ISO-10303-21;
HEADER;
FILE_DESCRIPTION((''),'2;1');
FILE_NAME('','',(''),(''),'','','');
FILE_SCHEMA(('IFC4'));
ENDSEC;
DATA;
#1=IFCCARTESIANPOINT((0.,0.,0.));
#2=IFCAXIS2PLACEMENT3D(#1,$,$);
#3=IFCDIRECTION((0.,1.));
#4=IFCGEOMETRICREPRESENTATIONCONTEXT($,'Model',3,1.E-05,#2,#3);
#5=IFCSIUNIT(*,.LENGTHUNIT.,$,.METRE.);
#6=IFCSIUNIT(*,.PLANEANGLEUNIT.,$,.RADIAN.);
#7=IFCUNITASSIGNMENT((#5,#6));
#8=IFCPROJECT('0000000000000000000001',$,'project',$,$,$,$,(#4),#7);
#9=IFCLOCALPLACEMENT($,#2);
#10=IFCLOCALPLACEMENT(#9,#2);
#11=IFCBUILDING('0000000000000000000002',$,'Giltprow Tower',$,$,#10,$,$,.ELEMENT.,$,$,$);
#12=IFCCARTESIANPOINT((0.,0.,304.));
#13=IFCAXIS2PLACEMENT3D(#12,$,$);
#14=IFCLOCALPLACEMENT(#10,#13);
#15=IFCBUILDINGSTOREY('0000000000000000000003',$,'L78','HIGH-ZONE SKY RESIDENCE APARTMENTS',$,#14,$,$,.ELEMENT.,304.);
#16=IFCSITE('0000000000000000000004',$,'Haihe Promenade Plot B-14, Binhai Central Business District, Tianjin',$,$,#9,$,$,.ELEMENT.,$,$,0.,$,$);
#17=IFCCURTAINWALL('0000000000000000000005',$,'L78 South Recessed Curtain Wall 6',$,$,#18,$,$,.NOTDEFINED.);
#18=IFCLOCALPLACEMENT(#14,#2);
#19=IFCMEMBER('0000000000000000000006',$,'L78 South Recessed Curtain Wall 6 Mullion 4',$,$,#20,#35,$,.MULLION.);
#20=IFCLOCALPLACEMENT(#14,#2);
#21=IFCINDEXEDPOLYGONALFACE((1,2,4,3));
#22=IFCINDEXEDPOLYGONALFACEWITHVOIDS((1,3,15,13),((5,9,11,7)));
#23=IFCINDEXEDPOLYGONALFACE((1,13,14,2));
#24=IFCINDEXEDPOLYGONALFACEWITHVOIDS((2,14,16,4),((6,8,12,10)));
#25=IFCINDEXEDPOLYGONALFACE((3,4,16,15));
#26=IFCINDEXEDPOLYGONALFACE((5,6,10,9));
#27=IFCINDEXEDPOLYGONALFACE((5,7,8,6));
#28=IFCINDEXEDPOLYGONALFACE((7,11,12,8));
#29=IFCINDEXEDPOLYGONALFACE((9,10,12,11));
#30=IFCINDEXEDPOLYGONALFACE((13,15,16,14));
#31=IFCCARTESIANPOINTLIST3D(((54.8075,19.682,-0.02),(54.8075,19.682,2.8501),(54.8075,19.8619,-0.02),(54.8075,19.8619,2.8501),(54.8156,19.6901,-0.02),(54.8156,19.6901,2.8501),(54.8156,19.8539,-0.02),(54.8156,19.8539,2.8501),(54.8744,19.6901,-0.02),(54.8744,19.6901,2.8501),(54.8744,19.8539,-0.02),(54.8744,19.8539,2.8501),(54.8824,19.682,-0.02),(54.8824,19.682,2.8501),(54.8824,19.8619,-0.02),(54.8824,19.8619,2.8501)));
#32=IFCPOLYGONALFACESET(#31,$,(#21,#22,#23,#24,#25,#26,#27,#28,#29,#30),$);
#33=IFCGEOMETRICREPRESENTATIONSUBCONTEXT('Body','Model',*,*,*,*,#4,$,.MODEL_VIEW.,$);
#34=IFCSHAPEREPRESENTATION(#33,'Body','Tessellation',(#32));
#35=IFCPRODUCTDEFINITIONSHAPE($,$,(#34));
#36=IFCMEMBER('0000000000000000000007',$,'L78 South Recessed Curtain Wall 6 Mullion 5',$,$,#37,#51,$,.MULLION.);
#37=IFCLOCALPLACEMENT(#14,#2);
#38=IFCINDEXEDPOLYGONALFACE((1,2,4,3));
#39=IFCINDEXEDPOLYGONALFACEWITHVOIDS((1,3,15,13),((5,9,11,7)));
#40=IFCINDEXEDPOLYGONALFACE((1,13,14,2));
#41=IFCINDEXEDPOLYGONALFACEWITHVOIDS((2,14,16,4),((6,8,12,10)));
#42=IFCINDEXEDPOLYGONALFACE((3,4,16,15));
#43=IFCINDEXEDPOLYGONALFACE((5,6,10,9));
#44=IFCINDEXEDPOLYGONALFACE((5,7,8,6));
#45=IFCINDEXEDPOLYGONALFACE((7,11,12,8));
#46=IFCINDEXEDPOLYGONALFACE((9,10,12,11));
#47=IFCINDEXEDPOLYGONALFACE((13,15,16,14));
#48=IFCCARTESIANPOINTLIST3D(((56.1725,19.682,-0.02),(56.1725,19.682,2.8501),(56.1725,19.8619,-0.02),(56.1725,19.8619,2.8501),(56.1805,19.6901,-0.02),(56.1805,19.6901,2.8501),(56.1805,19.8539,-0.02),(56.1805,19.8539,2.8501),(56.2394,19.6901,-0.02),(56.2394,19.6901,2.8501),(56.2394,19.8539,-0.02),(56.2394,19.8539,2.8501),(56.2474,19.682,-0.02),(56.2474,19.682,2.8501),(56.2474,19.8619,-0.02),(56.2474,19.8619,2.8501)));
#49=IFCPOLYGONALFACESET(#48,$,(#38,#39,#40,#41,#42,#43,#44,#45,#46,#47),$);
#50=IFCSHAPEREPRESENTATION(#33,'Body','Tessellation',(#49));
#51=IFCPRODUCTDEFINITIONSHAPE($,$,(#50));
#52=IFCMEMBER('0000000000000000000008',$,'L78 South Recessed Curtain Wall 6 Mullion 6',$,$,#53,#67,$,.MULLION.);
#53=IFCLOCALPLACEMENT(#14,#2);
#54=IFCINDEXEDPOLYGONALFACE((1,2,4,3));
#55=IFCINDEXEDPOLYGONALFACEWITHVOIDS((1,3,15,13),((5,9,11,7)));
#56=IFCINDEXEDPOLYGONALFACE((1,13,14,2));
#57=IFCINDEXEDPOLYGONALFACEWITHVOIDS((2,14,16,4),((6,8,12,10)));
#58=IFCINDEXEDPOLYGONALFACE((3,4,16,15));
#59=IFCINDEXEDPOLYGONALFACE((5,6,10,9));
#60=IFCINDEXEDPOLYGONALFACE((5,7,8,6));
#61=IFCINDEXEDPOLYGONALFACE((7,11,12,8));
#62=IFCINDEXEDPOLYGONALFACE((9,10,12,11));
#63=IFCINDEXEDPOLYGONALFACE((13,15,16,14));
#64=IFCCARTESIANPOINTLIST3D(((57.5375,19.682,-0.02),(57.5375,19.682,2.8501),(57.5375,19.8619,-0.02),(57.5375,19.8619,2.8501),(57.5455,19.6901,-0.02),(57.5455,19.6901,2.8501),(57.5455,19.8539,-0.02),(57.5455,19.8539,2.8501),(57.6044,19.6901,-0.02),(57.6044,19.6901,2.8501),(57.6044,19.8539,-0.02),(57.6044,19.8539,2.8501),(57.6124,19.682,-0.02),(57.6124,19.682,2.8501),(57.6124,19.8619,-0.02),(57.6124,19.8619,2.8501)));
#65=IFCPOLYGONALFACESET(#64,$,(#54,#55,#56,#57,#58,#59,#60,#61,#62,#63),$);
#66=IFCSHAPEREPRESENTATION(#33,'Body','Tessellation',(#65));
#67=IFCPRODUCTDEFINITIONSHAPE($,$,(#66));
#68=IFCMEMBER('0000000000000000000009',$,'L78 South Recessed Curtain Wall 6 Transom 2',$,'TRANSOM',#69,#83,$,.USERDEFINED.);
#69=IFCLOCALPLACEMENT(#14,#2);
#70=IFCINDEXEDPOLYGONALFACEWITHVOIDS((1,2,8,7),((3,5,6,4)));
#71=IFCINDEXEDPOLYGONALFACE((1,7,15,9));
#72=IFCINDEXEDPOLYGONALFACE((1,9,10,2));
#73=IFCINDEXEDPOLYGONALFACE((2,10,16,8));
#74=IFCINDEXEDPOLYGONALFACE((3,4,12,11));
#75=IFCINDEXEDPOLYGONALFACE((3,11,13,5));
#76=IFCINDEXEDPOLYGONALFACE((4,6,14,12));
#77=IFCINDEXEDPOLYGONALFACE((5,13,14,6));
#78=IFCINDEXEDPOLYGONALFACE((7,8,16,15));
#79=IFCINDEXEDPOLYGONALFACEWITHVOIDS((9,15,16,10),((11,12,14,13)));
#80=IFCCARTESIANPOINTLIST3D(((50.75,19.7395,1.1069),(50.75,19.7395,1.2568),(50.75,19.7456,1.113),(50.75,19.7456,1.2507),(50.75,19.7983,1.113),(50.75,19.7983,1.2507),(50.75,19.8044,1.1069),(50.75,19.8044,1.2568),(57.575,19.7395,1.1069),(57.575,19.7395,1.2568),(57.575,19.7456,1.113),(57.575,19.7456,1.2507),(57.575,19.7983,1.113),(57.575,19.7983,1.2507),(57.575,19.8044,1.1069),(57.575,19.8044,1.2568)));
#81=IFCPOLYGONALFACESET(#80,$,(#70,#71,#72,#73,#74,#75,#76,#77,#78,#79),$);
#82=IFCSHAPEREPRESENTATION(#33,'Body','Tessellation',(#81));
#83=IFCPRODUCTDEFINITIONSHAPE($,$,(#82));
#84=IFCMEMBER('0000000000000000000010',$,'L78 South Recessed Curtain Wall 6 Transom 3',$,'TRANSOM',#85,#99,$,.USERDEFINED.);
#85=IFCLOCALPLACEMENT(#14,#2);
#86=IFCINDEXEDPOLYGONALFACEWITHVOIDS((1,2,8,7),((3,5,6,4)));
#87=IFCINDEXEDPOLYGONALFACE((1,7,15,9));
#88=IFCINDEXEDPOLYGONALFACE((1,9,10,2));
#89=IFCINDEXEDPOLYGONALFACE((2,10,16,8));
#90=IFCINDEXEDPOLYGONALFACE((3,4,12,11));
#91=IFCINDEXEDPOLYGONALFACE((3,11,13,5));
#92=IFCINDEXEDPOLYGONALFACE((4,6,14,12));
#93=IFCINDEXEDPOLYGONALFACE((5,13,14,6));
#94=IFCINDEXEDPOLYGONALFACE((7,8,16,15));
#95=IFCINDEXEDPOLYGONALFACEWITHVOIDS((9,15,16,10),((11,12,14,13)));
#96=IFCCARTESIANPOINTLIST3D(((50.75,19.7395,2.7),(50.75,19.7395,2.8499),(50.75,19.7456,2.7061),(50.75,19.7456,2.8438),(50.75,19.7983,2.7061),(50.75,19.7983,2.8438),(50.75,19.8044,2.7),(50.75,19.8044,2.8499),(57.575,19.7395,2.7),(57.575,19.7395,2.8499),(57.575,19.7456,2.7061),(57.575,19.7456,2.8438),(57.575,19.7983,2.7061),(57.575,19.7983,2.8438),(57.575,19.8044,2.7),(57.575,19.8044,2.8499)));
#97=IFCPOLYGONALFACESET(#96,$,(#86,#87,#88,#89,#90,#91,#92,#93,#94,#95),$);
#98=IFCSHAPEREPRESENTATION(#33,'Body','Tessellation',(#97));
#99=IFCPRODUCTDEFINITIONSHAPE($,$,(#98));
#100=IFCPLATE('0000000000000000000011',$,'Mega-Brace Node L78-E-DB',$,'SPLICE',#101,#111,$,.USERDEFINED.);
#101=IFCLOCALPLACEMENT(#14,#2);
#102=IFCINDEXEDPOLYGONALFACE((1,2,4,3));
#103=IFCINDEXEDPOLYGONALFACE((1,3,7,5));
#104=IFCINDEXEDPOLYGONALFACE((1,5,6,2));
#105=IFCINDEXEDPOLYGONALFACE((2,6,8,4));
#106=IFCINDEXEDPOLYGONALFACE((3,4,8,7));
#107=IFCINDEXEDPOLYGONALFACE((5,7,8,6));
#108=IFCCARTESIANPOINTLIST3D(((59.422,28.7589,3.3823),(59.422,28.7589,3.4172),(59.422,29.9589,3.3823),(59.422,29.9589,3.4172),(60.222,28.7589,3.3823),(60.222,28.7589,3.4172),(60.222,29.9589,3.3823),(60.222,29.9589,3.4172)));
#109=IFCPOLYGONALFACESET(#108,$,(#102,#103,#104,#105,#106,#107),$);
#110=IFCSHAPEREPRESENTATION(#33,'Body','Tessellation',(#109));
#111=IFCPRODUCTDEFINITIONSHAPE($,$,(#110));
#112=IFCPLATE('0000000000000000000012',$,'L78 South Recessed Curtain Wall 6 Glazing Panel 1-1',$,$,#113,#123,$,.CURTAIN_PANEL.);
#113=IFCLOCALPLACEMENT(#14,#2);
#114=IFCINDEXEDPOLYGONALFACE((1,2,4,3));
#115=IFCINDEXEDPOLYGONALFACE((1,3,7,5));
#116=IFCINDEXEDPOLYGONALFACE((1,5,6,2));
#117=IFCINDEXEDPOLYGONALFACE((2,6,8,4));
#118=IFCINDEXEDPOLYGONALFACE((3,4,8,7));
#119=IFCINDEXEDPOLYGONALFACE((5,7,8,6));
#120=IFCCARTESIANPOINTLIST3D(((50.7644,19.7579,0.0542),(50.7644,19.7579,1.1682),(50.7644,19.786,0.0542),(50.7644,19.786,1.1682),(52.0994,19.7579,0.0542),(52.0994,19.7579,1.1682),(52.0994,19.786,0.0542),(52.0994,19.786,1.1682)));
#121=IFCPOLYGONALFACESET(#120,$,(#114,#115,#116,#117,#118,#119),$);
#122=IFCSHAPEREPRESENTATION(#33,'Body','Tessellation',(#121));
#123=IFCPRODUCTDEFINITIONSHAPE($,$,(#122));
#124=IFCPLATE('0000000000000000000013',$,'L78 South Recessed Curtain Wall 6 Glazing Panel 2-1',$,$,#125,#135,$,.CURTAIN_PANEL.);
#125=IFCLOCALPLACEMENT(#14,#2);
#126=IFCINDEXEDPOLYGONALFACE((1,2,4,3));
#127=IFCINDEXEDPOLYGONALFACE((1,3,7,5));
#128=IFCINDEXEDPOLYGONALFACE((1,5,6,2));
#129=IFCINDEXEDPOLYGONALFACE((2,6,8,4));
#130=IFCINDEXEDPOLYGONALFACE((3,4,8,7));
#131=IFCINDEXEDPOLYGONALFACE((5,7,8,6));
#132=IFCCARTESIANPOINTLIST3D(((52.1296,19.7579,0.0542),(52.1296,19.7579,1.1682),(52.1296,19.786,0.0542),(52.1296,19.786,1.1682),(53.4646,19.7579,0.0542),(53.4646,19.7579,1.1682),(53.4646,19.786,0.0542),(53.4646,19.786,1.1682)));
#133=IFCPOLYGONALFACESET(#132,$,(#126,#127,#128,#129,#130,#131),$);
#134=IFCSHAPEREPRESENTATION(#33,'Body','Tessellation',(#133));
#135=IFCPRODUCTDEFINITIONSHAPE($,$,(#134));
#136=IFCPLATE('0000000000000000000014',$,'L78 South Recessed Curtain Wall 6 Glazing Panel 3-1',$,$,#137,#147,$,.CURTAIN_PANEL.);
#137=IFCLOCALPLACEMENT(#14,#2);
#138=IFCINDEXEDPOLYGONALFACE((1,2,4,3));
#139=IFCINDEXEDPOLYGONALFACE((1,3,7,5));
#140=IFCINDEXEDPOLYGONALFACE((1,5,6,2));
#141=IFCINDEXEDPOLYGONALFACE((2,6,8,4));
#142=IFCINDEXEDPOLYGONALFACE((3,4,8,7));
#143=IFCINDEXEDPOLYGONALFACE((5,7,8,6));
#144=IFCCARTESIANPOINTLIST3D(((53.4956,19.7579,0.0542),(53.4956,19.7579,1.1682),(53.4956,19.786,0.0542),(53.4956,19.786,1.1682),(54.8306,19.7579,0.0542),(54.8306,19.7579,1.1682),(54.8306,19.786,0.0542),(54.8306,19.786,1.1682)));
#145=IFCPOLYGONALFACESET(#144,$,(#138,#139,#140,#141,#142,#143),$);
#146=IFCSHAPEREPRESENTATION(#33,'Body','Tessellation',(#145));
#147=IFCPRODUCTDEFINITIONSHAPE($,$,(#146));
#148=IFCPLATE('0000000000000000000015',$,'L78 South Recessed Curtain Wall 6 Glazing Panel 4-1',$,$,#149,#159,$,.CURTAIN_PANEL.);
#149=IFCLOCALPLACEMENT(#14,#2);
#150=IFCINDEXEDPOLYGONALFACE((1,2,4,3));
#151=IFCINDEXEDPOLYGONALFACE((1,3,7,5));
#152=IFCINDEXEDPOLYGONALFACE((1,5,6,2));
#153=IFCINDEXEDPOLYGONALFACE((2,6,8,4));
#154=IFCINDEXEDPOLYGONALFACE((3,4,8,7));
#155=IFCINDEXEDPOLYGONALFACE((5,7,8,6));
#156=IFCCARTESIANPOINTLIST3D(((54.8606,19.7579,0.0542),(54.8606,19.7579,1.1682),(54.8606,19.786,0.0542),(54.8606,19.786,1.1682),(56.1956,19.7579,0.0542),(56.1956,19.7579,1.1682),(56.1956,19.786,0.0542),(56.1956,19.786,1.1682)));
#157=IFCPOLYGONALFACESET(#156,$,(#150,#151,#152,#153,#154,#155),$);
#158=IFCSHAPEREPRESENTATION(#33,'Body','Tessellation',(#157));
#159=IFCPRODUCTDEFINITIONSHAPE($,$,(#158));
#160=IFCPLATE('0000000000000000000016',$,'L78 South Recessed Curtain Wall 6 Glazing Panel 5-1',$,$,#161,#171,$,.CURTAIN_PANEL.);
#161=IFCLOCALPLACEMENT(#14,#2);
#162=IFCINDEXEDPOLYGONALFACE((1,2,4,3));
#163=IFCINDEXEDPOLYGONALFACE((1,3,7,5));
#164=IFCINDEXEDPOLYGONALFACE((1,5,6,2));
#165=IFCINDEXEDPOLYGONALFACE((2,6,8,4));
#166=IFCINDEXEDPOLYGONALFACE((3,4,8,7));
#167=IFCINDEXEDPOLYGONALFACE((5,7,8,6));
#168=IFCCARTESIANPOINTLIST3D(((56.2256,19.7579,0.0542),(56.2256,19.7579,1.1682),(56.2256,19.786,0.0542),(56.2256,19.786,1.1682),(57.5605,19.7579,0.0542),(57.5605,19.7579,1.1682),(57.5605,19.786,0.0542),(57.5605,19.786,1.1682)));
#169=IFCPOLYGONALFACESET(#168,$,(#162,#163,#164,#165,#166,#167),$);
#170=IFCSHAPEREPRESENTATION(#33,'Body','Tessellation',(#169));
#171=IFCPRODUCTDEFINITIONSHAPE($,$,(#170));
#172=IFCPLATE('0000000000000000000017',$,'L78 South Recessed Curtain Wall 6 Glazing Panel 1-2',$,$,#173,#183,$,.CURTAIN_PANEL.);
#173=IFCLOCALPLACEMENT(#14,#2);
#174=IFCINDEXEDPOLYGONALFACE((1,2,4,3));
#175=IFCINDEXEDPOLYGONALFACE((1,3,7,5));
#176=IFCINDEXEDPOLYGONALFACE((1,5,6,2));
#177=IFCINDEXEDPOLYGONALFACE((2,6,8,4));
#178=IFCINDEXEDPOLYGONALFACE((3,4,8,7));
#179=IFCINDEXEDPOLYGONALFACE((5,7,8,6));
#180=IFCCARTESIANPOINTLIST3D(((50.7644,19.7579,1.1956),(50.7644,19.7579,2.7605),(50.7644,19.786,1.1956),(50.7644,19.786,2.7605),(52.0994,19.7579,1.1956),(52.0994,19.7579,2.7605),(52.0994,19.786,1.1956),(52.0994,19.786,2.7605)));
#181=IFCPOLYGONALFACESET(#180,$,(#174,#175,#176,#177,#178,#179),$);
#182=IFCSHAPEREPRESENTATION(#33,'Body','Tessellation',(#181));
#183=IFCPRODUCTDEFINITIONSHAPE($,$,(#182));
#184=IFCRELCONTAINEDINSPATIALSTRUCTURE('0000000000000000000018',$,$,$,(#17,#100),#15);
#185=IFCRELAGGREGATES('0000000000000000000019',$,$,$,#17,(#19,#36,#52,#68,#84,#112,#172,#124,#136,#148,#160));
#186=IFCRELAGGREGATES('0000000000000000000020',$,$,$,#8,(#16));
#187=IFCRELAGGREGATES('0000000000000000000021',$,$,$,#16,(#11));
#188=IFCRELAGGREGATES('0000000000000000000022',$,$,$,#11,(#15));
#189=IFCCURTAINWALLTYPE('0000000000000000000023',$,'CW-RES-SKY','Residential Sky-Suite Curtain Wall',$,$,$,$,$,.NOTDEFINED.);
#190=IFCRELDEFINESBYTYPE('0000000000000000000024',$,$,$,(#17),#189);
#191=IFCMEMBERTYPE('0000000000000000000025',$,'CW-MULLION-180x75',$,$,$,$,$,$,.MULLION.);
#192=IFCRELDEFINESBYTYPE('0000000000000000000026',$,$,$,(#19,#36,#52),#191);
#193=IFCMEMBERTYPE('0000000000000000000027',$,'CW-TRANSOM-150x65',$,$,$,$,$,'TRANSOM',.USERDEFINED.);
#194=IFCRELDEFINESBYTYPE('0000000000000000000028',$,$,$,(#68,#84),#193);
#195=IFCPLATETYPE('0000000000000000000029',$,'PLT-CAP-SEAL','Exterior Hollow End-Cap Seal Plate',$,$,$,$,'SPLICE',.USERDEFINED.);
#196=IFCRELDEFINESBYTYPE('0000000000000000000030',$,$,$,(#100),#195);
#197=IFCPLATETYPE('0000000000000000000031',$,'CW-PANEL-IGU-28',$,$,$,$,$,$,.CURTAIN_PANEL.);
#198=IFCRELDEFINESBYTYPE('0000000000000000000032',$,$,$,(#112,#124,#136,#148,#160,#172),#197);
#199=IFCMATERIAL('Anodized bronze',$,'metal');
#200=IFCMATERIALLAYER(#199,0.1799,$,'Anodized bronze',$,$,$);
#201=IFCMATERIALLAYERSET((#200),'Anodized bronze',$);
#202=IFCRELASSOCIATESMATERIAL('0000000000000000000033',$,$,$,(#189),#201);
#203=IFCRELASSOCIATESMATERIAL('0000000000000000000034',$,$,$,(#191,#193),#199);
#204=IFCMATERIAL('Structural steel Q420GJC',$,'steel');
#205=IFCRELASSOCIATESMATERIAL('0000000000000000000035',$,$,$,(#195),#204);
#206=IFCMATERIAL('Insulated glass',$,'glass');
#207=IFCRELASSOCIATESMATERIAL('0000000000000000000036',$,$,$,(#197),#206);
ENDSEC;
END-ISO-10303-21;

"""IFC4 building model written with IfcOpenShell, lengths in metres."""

from ifc_helpers import new_model, si_unit, direction, frame, origin, origin_2d, place, context, subcontext, project, spatial, rectangle, hollow_rectangle, extrude, source, transform, mapped, material, layer, layer_set, material_profile, profile_set, type_object, element, aggregate, save


model = new_model("IFC4")

# Units and contexts
model_context = context("Model", 3, precision=1e-05, world=origin(), true_north=direction((0.0, 1.0)))
body_context = subcontext(model_context, "Body", "Model", "MODEL_VIEW")
ifc_project = project(units=[si_unit("LENGTHUNIT", "METRE"), si_unit("PLANEANGLEUNIT", "RADIAN")], contexts=[model_context])

# Site, building, storey
site_placement = place(None, origin())
site = spatial("IfcSite", under=ifc_project, at=site_placement, Name="Haihe Promenade Plot B-14, Binhai Central Business District, Tianjin", CompositionType="ELEMENT", RefElevation=0.0)
building_placement = place(site_placement, origin())
building = spatial("IfcBuilding", under=site, at=building_placement, Name="Giltprow Tower", CompositionType="ELEMENT")
storey_placement = place(building_placement, frame((0.0, 0.0, 304.0)))
storey = spatial("IfcBuildingStorey", under=building, at=storey_placement, Name="L78", Description="HIGH-ZONE SKY RESIDENCE APARTMENTS", CompositionType="ELEMENT", Elevation=304.0)

# Shared definitions
ifc_material_1 = material(Name="Structural steel Q420GJC", Category="steel")

# Curtain wall, members
ifc_material_2 = material(Name="Anodized bronze", Category="metal")
ifc_layer_1 = layer(ifc_material_2, 0.1799, Name="Anodized bronze")
ifc_layer_set_1 = layer_set([ifc_layer_1], Name="Anodized bronze")
curtain_wall_type = type_object("IfcCurtainWallType", Name="CW-RES-SKY", Description="Residential Sky-Suite Curtain Wall", PredefinedType="NOTDEFINED", material=ifc_layer_set_1)
curtain_wall_placement = place(storey_placement, origin())
curtain_wall = element("IfcCurtainWall", 1, at=curtain_wall_placement, inside=storey, type_object=curtain_wall_type, Name="L78 South Recessed Curtain Wall 6", PredefinedType="NOTDEFINED")
ifc_material_profile_1 = material_profile(ifc_material_2, hollow_rectangle(XDim=0.075, YDim=0.1799, WallThickness=0.0081, at=origin_2d()), Name="RHS 180x75x8")
ifc_profile_set_1 = profile_set([ifc_material_profile_1], Name="Anodized bronze")
member_type_1 = type_object("IfcMemberType", Name="CW-MULLION-180x75", PredefinedType="MULLION", material=ifc_profile_set_1)
shared_shape_1 = source(origin(), body_context, "Body", "SweptSolid", [
    extrude(hollow_rectangle(XDim=0.075, YDim=0.1799, WallThickness=0.0081, at=origin_2d()), origin(), (0.0, 0.0, 1.0), 2.8701),
])
member_1_placement = place(storey_placement, frame((54.845, 19.772, -0.02), z_axis=(0.0, 0.0, 1.0), x_axis=(1.0, 0.0, 0.0)))
member_1 = element("IfcMember", 2, at=member_1_placement, type_object=member_type_1, Name="L78 South Recessed Curtain Wall 6 Mullion 4", PredefinedType="MULLION", context=body_context, shape_type="MappedRepresentation", body=[
    mapped(shared_shape_1, transform((0.0, 0.0, 0.0), x_axis=(1.0, 0.0, 0.0), y_axis=(0.0, 1.0, 0.0), z_axis=(0.0, 0.0, 1.0), scale=1.0)),
])
member_2_placement = place(storey_placement, frame((56.21, 19.772, -0.02), z_axis=(0.0, 0.0, 1.0), x_axis=(1.0, 0.0, 0.0)))
member_2 = element("IfcMember", 3, at=member_2_placement, type_object=member_type_1, Name="L78 South Recessed Curtain Wall 6 Mullion 5", PredefinedType="MULLION", context=body_context, shape_type="MappedRepresentation", body=[
    mapped(shared_shape_1, transform((0.0, 0.0, 0.0), x_axis=(1.0, 0.0, 0.0), y_axis=(0.0, 1.0, 0.0), z_axis=(0.0, 0.0, 1.0), scale=1.0)),
])
member_3_placement = place(storey_placement, frame((57.575, 19.772, -0.02), z_axis=(0.0, 0.0, 1.0), x_axis=(1.0, 0.0, 0.0)))
member_3 = element("IfcMember", 4, at=member_3_placement, type_object=member_type_1, Name="L78 South Recessed Curtain Wall 6 Mullion 6", PredefinedType="MULLION", context=body_context, shape_type="MappedRepresentation", body=[
    mapped(shared_shape_1, transform((0.0, 0.0, 0.0), x_axis=(1.0, 0.0, 0.0), y_axis=(0.0, 1.0, 0.0), z_axis=(0.0, 0.0, 1.0), scale=1.0)),
])
ifc_material_profile_2 = material_profile(ifc_material_2, hollow_rectangle(XDim=0.0649, YDim=0.1499, WallThickness=0.0061, at=origin_2d()), Name="RHS 150x65x6")
ifc_profile_set_2 = profile_set([ifc_material_profile_2], Name="Anodized bronze")
member_type_2 = type_object("IfcMemberType", Name="CW-TRANSOM-150x65", ElementType="TRANSOM", PredefinedType="USERDEFINED", material=ifc_profile_set_2)
shared_shape_2 = source(origin(), body_context, "Body", "SweptSolid", [
    extrude(hollow_rectangle(XDim=0.0649, YDim=0.1499, WallThickness=0.0061, at=origin_2d()), origin(), (0.0, 0.0, 1.0), 6.825),
])
member_4_placement = place(storey_placement, frame((50.75, 19.772, 1.1819), z_axis=(1.0, 0.0, 0.0), x_axis=(0.0, 1.0, 0.0)))
member_4 = element("IfcMember", 5, at=member_4_placement, type_object=member_type_2, Name="L78 South Recessed Curtain Wall 6 Transom 2", ObjectType="TRANSOM", PredefinedType="USERDEFINED", context=body_context, shape_type="MappedRepresentation", body=[
    mapped(shared_shape_2, transform((0.0, 0.0, 0.0), x_axis=(1.0, 0.0, 0.0), y_axis=(0.0, 1.0, 0.0), z_axis=(0.0, 0.0, 1.0), scale=1.0)),
])
member_5_placement = place(storey_placement, frame((50.75, 19.772, 2.7749), z_axis=(1.0, 0.0, 0.0), x_axis=(0.0, 1.0, 0.0)))
member_5 = element("IfcMember", 6, at=member_5_placement, type_object=member_type_2, Name="L78 South Recessed Curtain Wall 6 Transom 3", ObjectType="TRANSOM", PredefinedType="USERDEFINED", context=body_context, shape_type="MappedRepresentation", body=[
    mapped(shared_shape_2, transform((0.0, 0.0, 0.0), x_axis=(1.0, 0.0, 0.0), y_axis=(0.0, 1.0, 0.0), z_axis=(0.0, 0.0, 1.0), scale=1.0)),
])

# Plates
plate_type_1 = type_object("IfcPlateType", Name="PLT-CAP-SEAL", Description="Exterior Hollow End-Cap Seal Plate", ElementType="SPLICE", PredefinedType="USERDEFINED", material=ifc_material_1)
shared_shape_3 = source(origin(), body_context, "Body", "SweptSolid", [
    extrude(rectangle(XDim=1.2, YDim=0.8, at=origin_2d()), origin(), (0.0, 0.0, 1.0), 0.0349),
])
plate_1_placement = place(storey_placement, frame((59.822, 29.3589, 3.3823), z_axis=(0.0, 0.0, 1.0), x_axis=(0.0, 1.0, 0.0)))
element("IfcPlate", 7, at=plate_1_placement, inside=storey, type_object=plate_type_1, Name="Mega-Brace Node L78-E-DB", ObjectType="SPLICE", PredefinedType="USERDEFINED", context=body_context, shape_type="MappedRepresentation", body=[
    mapped(shared_shape_3, transform((0.0, 0.0, 0.0), x_axis=(1.0, 0.0, 0.0), y_axis=(0.0, 1.0, 0.0), z_axis=(0.0, 0.0, 1.0), scale=1.0)),
])
ifc_material_3 = material(Name="Insulated glass", Category="glass")
plate_type_2 = type_object("IfcPlateType", Name="CW-PANEL-IGU-28", PredefinedType="CURTAIN_PANEL", material=ifc_material_3)
shared_shape_4 = source(origin(), body_context, "Body", "SweptSolid", [
    extrude(rectangle(XDim=1.335, YDim=0.0281, at=origin_2d()), origin(), (0.0, 0.0, 1.0), 1.114),
])
plate_2_placement = place(storey_placement, frame((51.4319, 19.772, 0.0542), z_axis=(0.0, 0.0, 1.0), x_axis=(1.0, 0.0, 0.0)))
plate_2 = element("IfcPlate", 8, at=plate_2_placement, type_object=plate_type_2, Name="L78 South Recessed Curtain Wall 6 Glazing Panel 1-1", PredefinedType="CURTAIN_PANEL", context=body_context, shape_type="MappedRepresentation", body=[
    mapped(shared_shape_4, transform((0.0, 0.0, 0.0), x_axis=(1.0, 0.0, 0.0), y_axis=(0.0, 1.0, 0.0), z_axis=(0.0, 0.0, 1.0), scale=1.0)),
])
plate_3_placement = place(storey_placement, frame((52.7971, 19.772, 0.0542), z_axis=(0.0, 0.0, 1.0), x_axis=(1.0, 0.0, 0.0)))
plate_3 = element("IfcPlate", 9, at=plate_3_placement, type_object=plate_type_2, Name="L78 South Recessed Curtain Wall 6 Glazing Panel 2-1", PredefinedType="CURTAIN_PANEL", context=body_context, shape_type="MappedRepresentation", body=[
    mapped(shared_shape_4, transform((0.0, 0.0, 0.0), x_axis=(1.0, 0.0, 0.0), y_axis=(0.0, 1.0, 0.0), z_axis=(0.0, 0.0, 1.0), scale=1.0)),
])
plate_4_placement = place(storey_placement, frame((54.1631, 19.772, 0.0542), z_axis=(0.0, 0.0, 1.0), x_axis=(1.0, 0.0, 0.0)))
plate_4 = element("IfcPlate", 10, at=plate_4_placement, type_object=plate_type_2, Name="L78 South Recessed Curtain Wall 6 Glazing Panel 3-1", PredefinedType="CURTAIN_PANEL", context=body_context, shape_type="MappedRepresentation", body=[
    mapped(shared_shape_4, transform((0.0, 0.0, 0.0), x_axis=(1.0, 0.0, 0.0), y_axis=(0.0, 1.0, 0.0), z_axis=(0.0, 0.0, 1.0), scale=1.0)),
])
plate_5_placement = place(storey_placement, frame((55.5281, 19.772, 0.0542), z_axis=(0.0, 0.0, 1.0), x_axis=(1.0, 0.0, 0.0)))
plate_5 = element("IfcPlate", 11, at=plate_5_placement, type_object=plate_type_2, Name="L78 South Recessed Curtain Wall 6 Glazing Panel 4-1", PredefinedType="CURTAIN_PANEL", context=body_context, shape_type="MappedRepresentation", body=[
    mapped(shared_shape_4, transform((0.0, 0.0, 0.0), x_axis=(1.0, 0.0, 0.0), y_axis=(0.0, 1.0, 0.0), z_axis=(0.0, 0.0, 1.0), scale=1.0)),
])
plate_6_placement = place(storey_placement, frame((56.8931, 19.772, 0.0542), z_axis=(0.0, 0.0, 1.0), x_axis=(1.0, 0.0, 0.0)))
plate_6 = element("IfcPlate", 12, at=plate_6_placement, type_object=plate_type_2, Name="L78 South Recessed Curtain Wall 6 Glazing Panel 5-1", PredefinedType="CURTAIN_PANEL", context=body_context, shape_type="MappedRepresentation", body=[
    mapped(shared_shape_4, transform((0.0, 0.0, 0.0), x_axis=(1.0, 0.0, 0.0), y_axis=(0.0, 1.0, 0.0), z_axis=(0.0, 0.0, 1.0), scale=1.0)),
])
shared_shape_5 = source(origin(), body_context, "Body", "SweptSolid", [
    extrude(rectangle(XDim=1.335, YDim=0.0281, at=origin_2d()), origin(), (0.0, 0.0, 1.0), 1.5649),
])
plate_7_placement = place(storey_placement, frame((51.4319, 19.772, 1.1956), z_axis=(0.0, 0.0, 1.0), x_axis=(1.0, 0.0, 0.0)))
plate_7 = element("IfcPlate", 13, at=plate_7_placement, type_object=plate_type_2, Name="L78 South Recessed Curtain Wall 6 Glazing Panel 1-2", PredefinedType="CURTAIN_PANEL", context=body_context, shape_type="MappedRepresentation", body=[
    mapped(shared_shape_5, transform((0.0, 0.0, 0.0), x_axis=(1.0, 0.0, 0.0), y_axis=(0.0, 1.0, 0.0), z_axis=(0.0, 0.0, 1.0), scale=1.0)),
])
aggregate(curtain_wall, [member_1, member_2, member_3, member_4, member_5, plate_2, plate_7, plate_3, plate_4, plate_5, plate_6])

save(model, "model.ifc")
